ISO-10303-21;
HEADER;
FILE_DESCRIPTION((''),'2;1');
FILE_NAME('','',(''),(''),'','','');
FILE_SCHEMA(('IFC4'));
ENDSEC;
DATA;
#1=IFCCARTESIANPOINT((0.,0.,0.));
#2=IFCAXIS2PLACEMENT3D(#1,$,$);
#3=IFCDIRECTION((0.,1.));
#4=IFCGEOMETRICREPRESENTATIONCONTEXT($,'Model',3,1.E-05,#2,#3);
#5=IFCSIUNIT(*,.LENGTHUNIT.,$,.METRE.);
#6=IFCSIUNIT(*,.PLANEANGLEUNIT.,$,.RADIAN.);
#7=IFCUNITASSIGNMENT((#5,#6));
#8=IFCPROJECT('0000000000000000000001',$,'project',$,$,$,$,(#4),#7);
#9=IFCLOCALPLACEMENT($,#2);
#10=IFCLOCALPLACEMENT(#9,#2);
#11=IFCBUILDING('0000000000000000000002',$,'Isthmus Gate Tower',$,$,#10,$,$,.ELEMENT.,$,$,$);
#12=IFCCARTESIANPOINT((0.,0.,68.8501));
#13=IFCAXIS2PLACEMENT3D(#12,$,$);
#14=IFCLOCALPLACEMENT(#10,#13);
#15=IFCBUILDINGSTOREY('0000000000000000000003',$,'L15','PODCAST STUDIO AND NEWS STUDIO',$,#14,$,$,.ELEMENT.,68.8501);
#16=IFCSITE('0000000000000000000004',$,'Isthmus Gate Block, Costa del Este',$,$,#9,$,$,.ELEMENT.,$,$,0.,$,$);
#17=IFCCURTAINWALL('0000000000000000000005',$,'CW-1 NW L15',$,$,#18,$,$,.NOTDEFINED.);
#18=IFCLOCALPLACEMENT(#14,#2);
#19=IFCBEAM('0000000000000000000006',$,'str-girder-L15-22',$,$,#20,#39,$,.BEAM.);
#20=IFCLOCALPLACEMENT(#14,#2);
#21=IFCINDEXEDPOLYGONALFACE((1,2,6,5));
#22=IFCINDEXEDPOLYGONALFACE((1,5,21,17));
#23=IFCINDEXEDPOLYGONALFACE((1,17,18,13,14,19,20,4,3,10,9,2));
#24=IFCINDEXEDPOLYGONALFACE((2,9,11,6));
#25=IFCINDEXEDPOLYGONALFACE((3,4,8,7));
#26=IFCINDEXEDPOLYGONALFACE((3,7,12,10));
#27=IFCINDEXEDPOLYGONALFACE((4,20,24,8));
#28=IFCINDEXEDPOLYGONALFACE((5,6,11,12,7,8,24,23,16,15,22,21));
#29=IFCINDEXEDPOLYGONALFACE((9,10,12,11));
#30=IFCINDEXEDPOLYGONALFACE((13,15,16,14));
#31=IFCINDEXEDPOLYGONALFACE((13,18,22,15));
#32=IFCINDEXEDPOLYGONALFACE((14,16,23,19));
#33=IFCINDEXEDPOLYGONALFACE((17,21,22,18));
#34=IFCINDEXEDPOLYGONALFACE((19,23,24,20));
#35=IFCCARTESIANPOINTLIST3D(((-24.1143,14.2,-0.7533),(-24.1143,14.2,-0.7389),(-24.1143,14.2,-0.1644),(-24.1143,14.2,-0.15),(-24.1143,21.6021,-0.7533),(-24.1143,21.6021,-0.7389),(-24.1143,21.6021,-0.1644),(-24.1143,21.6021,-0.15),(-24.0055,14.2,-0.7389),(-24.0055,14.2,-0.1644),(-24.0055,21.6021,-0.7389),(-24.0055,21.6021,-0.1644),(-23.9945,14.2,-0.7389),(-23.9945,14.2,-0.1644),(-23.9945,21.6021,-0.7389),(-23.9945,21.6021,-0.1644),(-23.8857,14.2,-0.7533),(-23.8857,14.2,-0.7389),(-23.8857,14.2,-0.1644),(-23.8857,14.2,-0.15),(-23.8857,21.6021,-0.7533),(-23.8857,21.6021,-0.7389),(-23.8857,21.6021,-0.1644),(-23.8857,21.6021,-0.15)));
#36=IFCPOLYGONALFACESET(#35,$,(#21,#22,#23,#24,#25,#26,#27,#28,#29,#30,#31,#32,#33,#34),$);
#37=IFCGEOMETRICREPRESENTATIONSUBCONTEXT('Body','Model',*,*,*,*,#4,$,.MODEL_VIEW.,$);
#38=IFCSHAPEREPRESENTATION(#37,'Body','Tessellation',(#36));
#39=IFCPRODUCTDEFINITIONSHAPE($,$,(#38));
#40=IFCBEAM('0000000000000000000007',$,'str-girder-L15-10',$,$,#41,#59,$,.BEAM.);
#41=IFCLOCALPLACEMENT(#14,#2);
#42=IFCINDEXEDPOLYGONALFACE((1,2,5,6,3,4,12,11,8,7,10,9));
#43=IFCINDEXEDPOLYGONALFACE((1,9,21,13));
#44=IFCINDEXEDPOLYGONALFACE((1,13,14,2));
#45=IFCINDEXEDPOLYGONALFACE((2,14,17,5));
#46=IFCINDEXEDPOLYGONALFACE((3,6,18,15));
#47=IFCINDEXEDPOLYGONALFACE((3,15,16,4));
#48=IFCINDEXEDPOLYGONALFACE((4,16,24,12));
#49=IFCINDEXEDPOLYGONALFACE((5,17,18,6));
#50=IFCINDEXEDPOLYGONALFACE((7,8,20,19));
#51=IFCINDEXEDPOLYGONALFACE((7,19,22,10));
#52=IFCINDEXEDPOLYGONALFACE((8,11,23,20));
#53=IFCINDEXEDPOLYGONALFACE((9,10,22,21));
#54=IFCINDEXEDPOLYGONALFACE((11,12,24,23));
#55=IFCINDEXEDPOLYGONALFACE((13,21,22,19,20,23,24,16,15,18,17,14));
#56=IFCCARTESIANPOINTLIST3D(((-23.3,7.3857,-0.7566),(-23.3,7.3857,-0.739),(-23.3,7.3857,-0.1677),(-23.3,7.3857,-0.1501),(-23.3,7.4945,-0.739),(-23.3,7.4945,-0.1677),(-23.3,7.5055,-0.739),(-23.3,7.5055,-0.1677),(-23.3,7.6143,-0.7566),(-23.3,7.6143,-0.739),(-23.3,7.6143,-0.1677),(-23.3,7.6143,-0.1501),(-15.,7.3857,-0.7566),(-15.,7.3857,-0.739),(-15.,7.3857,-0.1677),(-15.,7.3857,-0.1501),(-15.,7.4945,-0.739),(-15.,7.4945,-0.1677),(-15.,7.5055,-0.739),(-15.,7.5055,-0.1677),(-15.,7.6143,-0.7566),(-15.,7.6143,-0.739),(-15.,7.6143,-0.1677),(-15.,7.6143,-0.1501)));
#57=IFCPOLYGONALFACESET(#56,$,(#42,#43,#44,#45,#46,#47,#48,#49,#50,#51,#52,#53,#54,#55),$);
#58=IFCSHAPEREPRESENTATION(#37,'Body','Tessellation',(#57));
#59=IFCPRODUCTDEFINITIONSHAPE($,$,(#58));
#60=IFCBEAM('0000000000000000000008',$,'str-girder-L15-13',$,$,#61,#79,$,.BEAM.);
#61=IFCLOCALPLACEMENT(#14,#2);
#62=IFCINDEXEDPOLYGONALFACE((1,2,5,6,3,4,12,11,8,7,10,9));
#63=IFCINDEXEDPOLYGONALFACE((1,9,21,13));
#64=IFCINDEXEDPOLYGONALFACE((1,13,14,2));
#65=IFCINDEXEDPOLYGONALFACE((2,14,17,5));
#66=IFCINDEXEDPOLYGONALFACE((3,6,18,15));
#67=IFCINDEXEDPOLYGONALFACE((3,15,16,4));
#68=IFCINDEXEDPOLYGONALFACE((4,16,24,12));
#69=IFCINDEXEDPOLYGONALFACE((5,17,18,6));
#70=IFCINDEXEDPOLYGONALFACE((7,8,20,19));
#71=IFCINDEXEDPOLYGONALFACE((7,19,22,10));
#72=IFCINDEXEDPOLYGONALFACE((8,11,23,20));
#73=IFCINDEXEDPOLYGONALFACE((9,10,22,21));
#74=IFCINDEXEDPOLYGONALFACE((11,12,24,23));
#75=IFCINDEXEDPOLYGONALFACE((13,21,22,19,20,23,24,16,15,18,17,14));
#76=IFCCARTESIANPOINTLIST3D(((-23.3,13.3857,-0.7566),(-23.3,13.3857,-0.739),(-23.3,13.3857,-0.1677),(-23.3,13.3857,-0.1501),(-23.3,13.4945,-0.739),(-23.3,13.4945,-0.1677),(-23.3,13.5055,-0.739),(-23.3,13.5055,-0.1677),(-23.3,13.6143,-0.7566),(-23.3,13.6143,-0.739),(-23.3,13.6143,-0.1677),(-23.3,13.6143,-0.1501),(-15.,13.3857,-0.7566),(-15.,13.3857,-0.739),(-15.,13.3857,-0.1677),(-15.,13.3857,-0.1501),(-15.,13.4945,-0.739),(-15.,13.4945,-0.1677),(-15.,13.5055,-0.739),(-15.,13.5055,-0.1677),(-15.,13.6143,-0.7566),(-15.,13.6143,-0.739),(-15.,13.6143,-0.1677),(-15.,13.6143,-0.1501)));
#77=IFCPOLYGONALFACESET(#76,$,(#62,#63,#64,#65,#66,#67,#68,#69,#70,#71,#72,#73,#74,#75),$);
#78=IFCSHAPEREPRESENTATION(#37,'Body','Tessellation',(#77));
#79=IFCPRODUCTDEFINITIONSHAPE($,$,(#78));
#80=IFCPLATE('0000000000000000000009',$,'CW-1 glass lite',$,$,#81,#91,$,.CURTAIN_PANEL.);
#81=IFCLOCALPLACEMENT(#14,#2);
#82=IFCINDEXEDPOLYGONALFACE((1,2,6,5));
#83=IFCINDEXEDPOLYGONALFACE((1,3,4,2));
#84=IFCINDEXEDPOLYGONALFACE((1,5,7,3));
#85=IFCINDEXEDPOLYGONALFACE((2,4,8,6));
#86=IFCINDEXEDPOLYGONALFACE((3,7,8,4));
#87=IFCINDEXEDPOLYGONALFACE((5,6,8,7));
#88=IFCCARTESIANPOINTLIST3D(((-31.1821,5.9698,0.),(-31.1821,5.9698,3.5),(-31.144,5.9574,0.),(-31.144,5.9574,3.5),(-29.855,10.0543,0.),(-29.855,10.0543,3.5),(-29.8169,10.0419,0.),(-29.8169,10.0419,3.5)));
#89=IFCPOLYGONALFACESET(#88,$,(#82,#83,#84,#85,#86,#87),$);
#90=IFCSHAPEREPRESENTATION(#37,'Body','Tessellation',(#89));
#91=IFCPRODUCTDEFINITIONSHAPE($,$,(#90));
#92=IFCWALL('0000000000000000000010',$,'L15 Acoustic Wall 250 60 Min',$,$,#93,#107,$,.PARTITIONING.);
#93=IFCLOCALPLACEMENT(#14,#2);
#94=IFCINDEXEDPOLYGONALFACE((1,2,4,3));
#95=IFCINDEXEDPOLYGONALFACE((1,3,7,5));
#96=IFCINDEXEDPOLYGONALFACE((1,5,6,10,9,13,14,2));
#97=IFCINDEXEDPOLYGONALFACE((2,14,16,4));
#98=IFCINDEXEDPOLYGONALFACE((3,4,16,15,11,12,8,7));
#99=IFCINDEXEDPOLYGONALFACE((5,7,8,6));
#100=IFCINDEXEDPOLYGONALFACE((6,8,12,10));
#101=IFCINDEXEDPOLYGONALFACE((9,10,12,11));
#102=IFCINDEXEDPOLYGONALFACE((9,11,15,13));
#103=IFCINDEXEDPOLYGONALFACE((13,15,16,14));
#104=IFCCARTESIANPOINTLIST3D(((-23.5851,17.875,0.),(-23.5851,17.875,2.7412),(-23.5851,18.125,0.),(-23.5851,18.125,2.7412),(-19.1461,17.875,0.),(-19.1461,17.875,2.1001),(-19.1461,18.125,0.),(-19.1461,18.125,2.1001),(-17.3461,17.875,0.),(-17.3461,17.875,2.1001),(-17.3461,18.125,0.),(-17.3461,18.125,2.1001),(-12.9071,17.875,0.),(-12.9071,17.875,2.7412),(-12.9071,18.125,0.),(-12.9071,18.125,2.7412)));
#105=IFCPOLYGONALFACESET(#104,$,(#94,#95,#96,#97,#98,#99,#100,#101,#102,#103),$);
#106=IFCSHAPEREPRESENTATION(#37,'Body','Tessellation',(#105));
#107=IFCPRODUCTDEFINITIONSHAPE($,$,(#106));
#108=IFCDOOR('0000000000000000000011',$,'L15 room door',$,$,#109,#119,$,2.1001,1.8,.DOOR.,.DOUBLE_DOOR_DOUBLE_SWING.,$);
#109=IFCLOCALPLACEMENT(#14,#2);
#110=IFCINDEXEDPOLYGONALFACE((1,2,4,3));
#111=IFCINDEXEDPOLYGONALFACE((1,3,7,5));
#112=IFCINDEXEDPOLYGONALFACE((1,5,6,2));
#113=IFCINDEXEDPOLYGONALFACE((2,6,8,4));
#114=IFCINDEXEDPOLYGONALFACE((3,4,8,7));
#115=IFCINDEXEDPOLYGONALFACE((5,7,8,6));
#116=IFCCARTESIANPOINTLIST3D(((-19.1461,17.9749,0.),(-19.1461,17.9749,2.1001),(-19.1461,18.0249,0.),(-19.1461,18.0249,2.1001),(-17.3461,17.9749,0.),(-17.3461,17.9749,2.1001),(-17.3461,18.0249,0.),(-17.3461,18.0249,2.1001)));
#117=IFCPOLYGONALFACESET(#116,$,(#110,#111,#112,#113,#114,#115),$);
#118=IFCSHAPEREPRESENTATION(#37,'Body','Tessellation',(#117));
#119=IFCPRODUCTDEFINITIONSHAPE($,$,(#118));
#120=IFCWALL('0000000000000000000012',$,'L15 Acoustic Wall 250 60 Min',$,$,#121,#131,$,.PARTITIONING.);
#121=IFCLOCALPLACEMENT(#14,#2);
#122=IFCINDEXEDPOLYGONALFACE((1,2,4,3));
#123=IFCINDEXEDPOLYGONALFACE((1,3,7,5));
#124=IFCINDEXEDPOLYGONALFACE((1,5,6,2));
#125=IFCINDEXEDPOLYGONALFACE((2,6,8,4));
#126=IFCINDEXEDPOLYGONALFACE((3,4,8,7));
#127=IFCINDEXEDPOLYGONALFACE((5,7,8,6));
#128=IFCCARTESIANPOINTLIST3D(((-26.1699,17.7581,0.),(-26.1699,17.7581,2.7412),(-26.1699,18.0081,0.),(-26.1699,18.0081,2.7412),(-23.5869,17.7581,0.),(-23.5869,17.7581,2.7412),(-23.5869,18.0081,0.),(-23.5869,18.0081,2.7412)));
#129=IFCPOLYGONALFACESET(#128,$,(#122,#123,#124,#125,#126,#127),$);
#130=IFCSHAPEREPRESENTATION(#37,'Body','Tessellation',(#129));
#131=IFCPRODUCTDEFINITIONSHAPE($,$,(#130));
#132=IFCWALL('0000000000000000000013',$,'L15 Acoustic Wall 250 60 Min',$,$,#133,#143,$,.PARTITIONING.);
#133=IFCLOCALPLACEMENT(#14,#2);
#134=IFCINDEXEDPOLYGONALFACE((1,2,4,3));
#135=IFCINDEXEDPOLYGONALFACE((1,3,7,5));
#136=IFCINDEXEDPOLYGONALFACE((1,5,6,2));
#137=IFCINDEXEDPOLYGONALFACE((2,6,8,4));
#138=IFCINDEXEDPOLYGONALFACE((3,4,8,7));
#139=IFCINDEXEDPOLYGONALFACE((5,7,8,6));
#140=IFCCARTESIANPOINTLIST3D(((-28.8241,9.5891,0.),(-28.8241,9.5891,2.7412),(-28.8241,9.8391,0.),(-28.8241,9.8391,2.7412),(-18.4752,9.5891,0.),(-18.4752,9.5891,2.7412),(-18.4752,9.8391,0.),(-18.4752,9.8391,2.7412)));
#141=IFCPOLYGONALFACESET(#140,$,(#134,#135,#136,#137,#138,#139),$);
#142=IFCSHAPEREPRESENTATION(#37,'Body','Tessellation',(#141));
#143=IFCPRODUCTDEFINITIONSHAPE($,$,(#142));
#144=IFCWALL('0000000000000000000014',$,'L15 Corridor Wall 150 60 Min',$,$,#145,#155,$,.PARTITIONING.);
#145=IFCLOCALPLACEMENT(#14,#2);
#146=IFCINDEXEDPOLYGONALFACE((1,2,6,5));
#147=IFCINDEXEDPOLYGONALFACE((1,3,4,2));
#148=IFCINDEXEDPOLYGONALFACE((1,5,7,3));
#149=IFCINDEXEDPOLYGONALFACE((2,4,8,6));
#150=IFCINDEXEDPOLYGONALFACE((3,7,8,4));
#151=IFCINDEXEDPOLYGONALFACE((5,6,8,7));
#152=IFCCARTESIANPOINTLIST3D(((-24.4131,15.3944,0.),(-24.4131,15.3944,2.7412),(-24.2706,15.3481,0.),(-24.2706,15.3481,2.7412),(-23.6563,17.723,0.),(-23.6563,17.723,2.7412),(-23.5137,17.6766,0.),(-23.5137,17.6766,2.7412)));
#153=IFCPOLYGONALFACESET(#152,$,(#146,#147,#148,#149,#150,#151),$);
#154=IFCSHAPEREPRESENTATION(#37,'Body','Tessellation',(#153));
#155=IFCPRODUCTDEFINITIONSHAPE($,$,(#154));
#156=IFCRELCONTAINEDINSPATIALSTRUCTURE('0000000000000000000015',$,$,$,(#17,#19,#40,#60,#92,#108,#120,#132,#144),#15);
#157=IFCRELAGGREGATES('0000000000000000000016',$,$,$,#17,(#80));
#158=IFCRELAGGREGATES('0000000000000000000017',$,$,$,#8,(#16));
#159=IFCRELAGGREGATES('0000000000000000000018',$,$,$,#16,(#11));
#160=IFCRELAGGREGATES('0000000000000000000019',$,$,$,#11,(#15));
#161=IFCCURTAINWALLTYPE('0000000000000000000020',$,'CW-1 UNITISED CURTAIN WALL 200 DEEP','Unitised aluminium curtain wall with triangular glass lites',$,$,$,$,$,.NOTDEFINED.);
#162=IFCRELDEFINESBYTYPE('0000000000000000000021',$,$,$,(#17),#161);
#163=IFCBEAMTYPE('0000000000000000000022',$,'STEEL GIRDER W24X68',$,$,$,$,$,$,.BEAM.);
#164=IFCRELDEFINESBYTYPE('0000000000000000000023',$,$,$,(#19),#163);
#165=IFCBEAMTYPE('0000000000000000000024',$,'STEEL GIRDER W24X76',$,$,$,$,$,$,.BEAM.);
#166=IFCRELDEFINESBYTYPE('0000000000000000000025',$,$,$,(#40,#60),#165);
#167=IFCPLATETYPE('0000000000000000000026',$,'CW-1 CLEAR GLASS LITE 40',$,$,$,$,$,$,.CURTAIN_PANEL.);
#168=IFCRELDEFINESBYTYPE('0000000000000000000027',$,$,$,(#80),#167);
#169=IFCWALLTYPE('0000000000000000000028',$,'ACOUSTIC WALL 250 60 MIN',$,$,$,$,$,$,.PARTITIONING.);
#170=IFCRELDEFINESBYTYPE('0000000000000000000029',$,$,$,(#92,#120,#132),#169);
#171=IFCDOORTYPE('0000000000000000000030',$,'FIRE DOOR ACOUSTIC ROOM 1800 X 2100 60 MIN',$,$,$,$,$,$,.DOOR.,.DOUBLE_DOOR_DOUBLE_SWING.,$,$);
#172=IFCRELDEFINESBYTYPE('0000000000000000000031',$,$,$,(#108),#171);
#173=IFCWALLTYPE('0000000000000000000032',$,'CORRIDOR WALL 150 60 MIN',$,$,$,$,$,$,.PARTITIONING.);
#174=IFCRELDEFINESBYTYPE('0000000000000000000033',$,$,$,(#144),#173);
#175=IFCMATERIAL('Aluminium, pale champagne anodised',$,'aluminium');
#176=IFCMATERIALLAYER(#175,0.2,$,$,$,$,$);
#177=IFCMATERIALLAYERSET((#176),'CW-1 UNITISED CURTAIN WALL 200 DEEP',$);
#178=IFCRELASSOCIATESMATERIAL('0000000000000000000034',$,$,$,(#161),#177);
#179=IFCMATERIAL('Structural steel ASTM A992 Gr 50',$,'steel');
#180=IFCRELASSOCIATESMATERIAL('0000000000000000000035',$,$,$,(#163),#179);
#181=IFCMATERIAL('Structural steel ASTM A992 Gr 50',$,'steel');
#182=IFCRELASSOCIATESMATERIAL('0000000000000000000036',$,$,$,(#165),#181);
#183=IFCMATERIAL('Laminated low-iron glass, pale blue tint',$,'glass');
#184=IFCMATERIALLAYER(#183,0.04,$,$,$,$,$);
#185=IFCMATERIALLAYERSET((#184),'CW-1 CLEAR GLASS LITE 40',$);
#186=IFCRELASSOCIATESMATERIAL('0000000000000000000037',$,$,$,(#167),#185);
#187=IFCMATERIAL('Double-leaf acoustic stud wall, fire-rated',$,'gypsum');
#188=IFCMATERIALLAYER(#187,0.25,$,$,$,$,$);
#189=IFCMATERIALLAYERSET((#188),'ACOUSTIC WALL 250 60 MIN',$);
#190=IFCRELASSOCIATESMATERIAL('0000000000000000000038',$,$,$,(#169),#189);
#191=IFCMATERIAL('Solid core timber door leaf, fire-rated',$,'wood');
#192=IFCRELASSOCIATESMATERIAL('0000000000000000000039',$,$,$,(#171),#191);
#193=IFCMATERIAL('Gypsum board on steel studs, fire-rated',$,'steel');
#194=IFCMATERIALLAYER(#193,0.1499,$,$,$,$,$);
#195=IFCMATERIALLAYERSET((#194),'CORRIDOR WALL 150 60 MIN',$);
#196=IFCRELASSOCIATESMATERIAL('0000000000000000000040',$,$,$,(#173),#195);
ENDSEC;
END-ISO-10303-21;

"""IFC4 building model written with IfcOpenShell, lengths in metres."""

from ifc_helpers import new_model, si_unit, direction, frame, frame_2d, origin, origin_2d, place, context, subcontext, project, spatial, rectangle, i_section, extrude, material, layer, layer_set, material_profile, profile_set, type_object, element, fill, aggregate, save


model = new_model("IFC4")

# Units and contexts
model_context = context("Model", 3, precision=1e-05, world=origin(), true_north=direction((0.0, 1.0)))
body_context = subcontext(model_context, "Body", "Model", "MODEL_VIEW")
ifc_project = project(units=[si_unit("LENGTHUNIT", "METRE"), si_unit("PLANEANGLEUNIT", "RADIAN")], contexts=[model_context])

# Site, building, storey
site_placement = place(None, origin())
site = spatial("IfcSite", under=ifc_project, at=site_placement, Name="Isthmus Gate Block, Costa del Este", CompositionType="ELEMENT", RefElevation=0.0)
building_placement = place(site_placement, origin())
building = spatial("IfcBuilding", under=site, at=building_placement, Name="Isthmus Gate Tower", CompositionType="ELEMENT")
storey_placement = place(building_placement, frame((0.0, 0.0, 68.8501)))
storey = spatial("IfcBuildingStorey", under=building, at=storey_placement, Name="L15", Description="PODCAST STUDIO AND NEWS STUDIO", CompositionType="ELEMENT", Elevation=68.8501)

# Curtain wall
ifc_material_1 = material(Name="Aluminium, pale champagne anodised", Category="aluminium")
ifc_layer_1 = layer(ifc_material_1, 0.2)
ifc_layer_set_1 = layer_set([ifc_layer_1], Name="CW-1 UNITISED CURTAIN WALL 200 DEEP")
curtain_wall_type = type_object("IfcCurtainWallType", Name="CW-1 UNITISED CURTAIN WALL 200 DEEP", Description="Unitised aluminium curtain wall with triangular glass lites", PredefinedType="NOTDEFINED", material=ifc_layer_set_1)
curtain_wall_placement = place(storey_placement, origin())
curtain_wall = element("IfcCurtainWall", 1, at=curtain_wall_placement, inside=storey, type_object=curtain_wall_type, Name="CW-1 NW L15", PredefinedType="NOTDEFINED")

# Beams
ifc_material_2 = material(Name="Structural steel ASTM A992 Gr 50", Category="steel")
ifc_material_profile_1 = material_profile(ifc_material_2, i_section(OverallWidth=0.2285, OverallDepth=0.6033, WebThickness=0.011, FlangeThickness=0.0144, at=origin_2d()), Name="W24X68")
ifc_profile_set_1 = profile_set([ifc_material_profile_1], Name="Structural steel ASTM A992 Gr 50")
beam_type_1 = type_object("IfcBeamType", Name="STEEL GIRDER W24X68", PredefinedType="BEAM", material=ifc_profile_set_1)
beam_1_placement = place(storey_placement, frame((-24.0, 14.2, -0.4517), z_axis=(0.0, 1.0, 0.0), x_axis=(-1.0, 0.0, 0.0)))
element("IfcBeam", 2, at=beam_1_placement, inside=storey, type_object=beam_type_1, Name="str-girder-L15-22", PredefinedType="BEAM", context=body_context, shape_type="SweptSolid", body=[
    extrude(i_section(OverallWidth=0.2285, OverallDepth=0.6033, WebThickness=0.011, FlangeThickness=0.0144, at=origin_2d()), origin(), (0.0, 0.0, 1.0), 7.4021),
])
ifc_material_3 = material(Name="Structural steel ASTM A992 Gr 50", Category="steel")
ifc_material_profile_2 = material_profile(ifc_material_3, i_section(OverallWidth=0.2285, OverallDepth=0.6064, WebThickness=0.011, FlangeThickness=0.0176, at=origin_2d()), Name="W24X76")
ifc_profile_set_2 = profile_set([ifc_material_profile_2], Name="Structural steel ASTM A992 Gr 50")
beam_type_2 = type_object("IfcBeamType", Name="STEEL GIRDER W24X76", PredefinedType="BEAM", material=ifc_profile_set_2)
for number, where, z_axis, x_axis, name in (
    (3, (-23.3, 7.5, -0.4534), (1.0, 0.0, 0.0), (0.0, 1.0, 0.0), "str-girder-L15-10"),
    (4, (-23.3, 13.5, -0.4534), (1.0, 0.0, 0.0), (0.0, 1.0, 0.0), "str-girder-L15-13"),
):
    element("IfcBeam", number, at=place(storey_placement, frame(where, z_axis=z_axis, x_axis=x_axis)), inside=storey, type_object=beam_type_2, Name=name, PredefinedType="BEAM", context=body_context, shape_type="SweptSolid", body=[
        extrude(i_section(OverallWidth=0.2285, OverallDepth=0.6064, WebThickness=0.011, FlangeThickness=0.0176, at=origin_2d()), origin(), (0.0, 0.0, 1.0), 8.3),
    ])

# Plate
ifc_material_4 = material(Name="Laminated low-iron glass, pale blue tint", Category="glass")
ifc_layer_2 = layer(ifc_material_4, 0.04)
ifc_layer_set_2 = layer_set([ifc_layer_2], Name="CW-1 CLEAR GLASS LITE 40")
plate_type = type_object("IfcPlateType", Name="CW-1 CLEAR GLASS LITE 40", PredefinedType="CURTAIN_PANEL", material=ifc_layer_set_2)
plate_placement = place(storey_placement, frame((-30.4995, 8.0059, 0.0), z_axis=(0.0, 0.0, 1.0), x_axis=(-0.309017, -0.951057, 0.0)))
plate = element("IfcPlate", 5, at=plate_placement, type_object=plate_type, Name="CW-1 glass lite", PredefinedType="CURTAIN_PANEL", context=body_context, shape_type="SweptSolid", body=[
    extrude(rectangle(XDim=4.2947, YDim=0.04, at=origin_2d()), origin(), (0.0, 0.0, 1.0), 3.5),
])

# Wall, opening, door
ifc_material_5 = material(Name="Double-leaf acoustic stud wall, fire-rated", Category="gypsum")
ifc_layer_3 = layer(ifc_material_5, 0.25)
ifc_layer_set_3 = layer_set([ifc_layer_3], Name="ACOUSTIC WALL 250 60 MIN")
wall_type_1 = type_object("IfcWallType", Name="ACOUSTIC WALL 250 60 MIN", PredefinedType="PARTITIONING", material=ifc_layer_set_3)
wall_1_placement = place(storey_placement, frame((-23.585, 18.0, 0.0), z_axis=(0.0, 0.0, 1.0), x_axis=(1.0, 0.0, 0.0)))
wall_1 = element("IfcWall", 6, at=wall_1_placement, inside=storey, type_object=wall_type_1, Name="L15 Acoustic Wall 250 60 Min", PredefinedType="PARTITIONING", context=body_context, shape_type="SweptSolid", body=[
    extrude(rectangle(XDim=10.678, YDim=0.25, at=frame_2d((5.3389, 0.0))), origin(), (0.0, 0.0, 1.0), 2.7412),
])
opening_1_placement = place(wall_1_placement, frame((4.439, 0.0, 0.0)))
opening_1 = element("IfcOpeningElement", 7, at=opening_1_placement, cuts=wall_1, PredefinedType="OPENING", context=body_context, shape_type="SweptSolid", body=[
    extrude(rectangle(XDim=1.8, YDim=2.1001, at=frame_2d((0.8999, 1.05))), frame((0.0, 0.135, 0.0), z_axis=(0.0, -1.0, 0.0), x_axis=(1.0, 0.0, 0.0)), (0.0, 0.0, 1.0), 0.27),
])
ifc_material_6 = material(Name="Solid core timber door leaf, fire-rated", Category="wood")
door_type_1 = type_object("IfcDoorType", Name="FIRE DOOR ACOUSTIC ROOM 1800 X 2100 60 MIN", OperationType="DOUBLE_DOOR_DOUBLE_SWING", PredefinedType="DOOR", material=ifc_material_6)
door_1_placement = place(opening_1_placement, origin())
door_1 = element("IfcDoor", 8, at=door_1_placement, inside=storey, type_object=door_type_1, Name="L15 room door", OperationType="DOUBLE_DOOR_DOUBLE_SWING", OverallHeight=2.1001, OverallWidth=1.8, PredefinedType="DOOR", context=body_context, shape_type="SweptSolid", body=[
    extrude(rectangle(XDim=1.8, YDim=2.1001, at=frame_2d((0.8999, 1.05))), frame((0.0, 0.0249, 0.0), z_axis=(0.0, -1.0, 0.0), x_axis=(1.0, 0.0, 0.0)), (0.0, 0.0, 1.0), 0.05),
])
fill(opening_1, door_1)

# Walls
wall_2_placement = place(storey_placement, frame((-26.1699, 17.8831, 0.0), z_axis=(0.0, 0.0, 1.0), x_axis=(1.0, 0.0, 0.0)))
element("IfcWall", 9, at=wall_2_placement, inside=storey, type_object=wall_type_1, Name="L15 Acoustic Wall 250 60 Min", PredefinedType="PARTITIONING", context=body_context, shape_type="SweptSolid", body=[
    extrude(rectangle(XDim=2.583, YDim=0.25, at=frame_2d((1.2915, 0.0))), origin(), (0.0, 0.0, 1.0), 2.7412),
])
wall_3_placement = place(storey_placement, frame((-28.824, 9.7141, 0.0), z_axis=(0.0, 0.0, 1.0), x_axis=(1.0, 0.0, 0.0)))
element("IfcWall", 10, at=wall_3_placement, inside=storey, type_object=wall_type_1, Name="L15 Acoustic Wall 250 60 Min", PredefinedType="PARTITIONING", context=body_context, shape_type="SweptSolid", body=[
    extrude(rectangle(XDim=10.3489, YDim=0.25, at=frame_2d((5.1743, 0.0))), origin(), (0.0, 0.0, 1.0), 2.7412),
])
ifc_material_7 = material(Name="Gypsum board on steel studs, fire-rated", Category="steel")
ifc_layer_4 = layer(ifc_material_7, 0.1499)
ifc_layer_set_4 = layer_set([ifc_layer_4], Name="CORRIDOR WALL 150 60 MIN")
wall_type_2 = type_object("IfcWallType", Name="CORRIDOR WALL 150 60 MIN", PredefinedType="PARTITIONING", material=ifc_layer_set_4)
wall_4_placement = place(storey_placement, frame((-24.3418, 15.3713, 0.0), z_axis=(0.0, 0.0, 1.0), x_axis=(0.3091, 0.95103, 0.0)))
element("IfcWall", 11, at=wall_4_placement, inside=storey, type_object=wall_type_2, Name="L15 Corridor Wall 150 60 Min", PredefinedType="PARTITIONING", context=body_context, shape_type="SweptSolid", body=[
    extrude(rectangle(XDim=2.4485, YDim=0.1499, at=frame_2d((1.2241, 0.0))), origin(), (0.0, 0.0, 1.0), 2.7412),
])

aggregate(curtain_wall, [plate])

save(model, "model.ifc")
